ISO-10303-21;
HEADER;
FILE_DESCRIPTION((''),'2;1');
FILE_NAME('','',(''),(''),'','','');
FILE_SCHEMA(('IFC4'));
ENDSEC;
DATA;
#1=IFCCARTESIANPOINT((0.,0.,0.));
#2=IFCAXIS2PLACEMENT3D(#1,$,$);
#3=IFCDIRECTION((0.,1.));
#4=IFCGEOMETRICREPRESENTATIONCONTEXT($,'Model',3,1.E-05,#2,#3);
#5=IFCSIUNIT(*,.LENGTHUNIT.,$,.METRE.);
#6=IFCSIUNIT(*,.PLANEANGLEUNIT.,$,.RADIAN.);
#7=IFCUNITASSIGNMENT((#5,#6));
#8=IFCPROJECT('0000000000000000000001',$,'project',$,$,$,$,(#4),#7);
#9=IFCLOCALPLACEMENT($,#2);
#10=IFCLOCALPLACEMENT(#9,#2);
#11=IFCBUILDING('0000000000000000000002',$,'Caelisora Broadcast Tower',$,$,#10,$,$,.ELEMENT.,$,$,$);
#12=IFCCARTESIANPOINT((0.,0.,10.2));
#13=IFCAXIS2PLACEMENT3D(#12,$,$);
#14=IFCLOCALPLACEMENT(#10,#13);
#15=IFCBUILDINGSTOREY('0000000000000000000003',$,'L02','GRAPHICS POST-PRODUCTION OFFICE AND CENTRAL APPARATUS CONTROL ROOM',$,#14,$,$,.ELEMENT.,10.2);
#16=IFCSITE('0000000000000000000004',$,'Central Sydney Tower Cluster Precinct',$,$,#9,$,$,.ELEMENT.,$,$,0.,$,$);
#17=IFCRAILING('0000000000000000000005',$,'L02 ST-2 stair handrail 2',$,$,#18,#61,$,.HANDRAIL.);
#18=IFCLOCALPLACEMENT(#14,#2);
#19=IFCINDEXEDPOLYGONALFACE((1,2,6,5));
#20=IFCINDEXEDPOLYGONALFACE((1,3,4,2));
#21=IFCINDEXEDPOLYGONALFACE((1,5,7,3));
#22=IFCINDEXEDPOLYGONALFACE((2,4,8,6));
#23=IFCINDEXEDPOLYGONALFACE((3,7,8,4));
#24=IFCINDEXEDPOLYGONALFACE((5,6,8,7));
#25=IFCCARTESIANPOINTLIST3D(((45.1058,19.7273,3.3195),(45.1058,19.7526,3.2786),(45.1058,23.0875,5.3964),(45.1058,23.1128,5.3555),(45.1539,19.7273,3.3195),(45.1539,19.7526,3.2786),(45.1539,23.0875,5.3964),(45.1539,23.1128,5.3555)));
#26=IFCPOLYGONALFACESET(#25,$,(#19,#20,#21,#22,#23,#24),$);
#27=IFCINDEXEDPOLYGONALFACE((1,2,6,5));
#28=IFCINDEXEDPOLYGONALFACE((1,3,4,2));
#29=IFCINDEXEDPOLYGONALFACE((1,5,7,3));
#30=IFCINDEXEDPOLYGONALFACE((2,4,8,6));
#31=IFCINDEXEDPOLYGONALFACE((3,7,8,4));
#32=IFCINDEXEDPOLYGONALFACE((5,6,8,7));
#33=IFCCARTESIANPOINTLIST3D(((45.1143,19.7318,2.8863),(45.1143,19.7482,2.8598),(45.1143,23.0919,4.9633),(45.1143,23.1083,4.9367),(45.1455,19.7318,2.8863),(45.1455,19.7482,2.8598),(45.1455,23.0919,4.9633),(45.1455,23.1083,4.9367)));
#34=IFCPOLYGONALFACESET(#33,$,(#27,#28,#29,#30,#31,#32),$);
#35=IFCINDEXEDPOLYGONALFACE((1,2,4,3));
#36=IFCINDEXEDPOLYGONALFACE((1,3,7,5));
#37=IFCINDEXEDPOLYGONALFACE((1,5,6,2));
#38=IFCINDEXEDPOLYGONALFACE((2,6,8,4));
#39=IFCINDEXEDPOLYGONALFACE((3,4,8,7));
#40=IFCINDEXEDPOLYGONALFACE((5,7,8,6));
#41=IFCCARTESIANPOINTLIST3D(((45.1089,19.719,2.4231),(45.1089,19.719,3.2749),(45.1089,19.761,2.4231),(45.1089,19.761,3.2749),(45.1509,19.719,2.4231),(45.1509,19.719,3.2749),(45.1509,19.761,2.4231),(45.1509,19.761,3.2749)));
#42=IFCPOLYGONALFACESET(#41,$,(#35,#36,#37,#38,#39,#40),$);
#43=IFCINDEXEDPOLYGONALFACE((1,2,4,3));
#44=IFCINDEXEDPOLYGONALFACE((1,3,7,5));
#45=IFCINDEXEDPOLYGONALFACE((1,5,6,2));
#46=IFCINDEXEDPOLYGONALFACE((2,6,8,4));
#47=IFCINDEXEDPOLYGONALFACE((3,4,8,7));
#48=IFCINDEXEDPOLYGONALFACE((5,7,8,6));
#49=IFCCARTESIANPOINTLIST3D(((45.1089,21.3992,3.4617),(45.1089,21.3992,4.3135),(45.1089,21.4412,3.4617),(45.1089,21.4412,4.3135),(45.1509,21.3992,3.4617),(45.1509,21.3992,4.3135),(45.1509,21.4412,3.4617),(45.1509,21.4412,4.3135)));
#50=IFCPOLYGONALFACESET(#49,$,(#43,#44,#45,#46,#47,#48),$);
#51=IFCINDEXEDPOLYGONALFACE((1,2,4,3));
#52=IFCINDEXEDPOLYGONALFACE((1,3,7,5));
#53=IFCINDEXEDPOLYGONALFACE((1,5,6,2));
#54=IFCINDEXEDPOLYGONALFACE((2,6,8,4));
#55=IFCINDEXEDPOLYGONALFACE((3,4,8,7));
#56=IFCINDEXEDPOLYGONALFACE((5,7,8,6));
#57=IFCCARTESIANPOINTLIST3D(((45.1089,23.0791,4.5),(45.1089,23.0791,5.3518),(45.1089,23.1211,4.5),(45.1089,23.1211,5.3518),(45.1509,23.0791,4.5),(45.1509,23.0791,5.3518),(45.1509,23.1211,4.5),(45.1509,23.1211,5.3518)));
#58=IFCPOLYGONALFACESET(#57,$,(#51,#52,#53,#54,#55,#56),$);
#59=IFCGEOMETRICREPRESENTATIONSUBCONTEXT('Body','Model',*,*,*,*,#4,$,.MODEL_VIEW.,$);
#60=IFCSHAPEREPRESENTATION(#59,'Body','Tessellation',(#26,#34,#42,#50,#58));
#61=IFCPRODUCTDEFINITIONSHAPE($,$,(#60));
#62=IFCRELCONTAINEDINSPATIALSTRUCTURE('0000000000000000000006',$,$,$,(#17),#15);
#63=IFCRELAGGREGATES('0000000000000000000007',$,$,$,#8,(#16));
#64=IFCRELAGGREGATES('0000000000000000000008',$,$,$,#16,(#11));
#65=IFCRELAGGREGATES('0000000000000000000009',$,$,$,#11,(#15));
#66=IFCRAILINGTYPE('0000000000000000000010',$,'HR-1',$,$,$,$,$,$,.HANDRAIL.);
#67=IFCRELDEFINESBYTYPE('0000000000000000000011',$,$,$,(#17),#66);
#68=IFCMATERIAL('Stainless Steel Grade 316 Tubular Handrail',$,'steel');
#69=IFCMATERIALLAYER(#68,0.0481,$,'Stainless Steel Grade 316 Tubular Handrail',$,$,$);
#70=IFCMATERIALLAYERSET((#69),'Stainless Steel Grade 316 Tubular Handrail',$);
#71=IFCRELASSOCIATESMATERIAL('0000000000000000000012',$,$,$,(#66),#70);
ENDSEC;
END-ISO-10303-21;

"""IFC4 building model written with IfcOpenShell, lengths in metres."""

from ifc_helpers import new_model, si_unit, direction, frame, origin, origin_2d, place, context, subcontext, project, spatial, rectangle, extrude, material, layer, layer_set, type_object, element, save


model = new_model("IFC4")

# Units and contexts
model_context = context("Model", 3, precision=1e-05, world=origin(), true_north=direction((0.0, 1.0)))
body_context = subcontext(model_context, "Body", "Model", "MODEL_VIEW")
ifc_project = project(units=[si_unit("LENGTHUNIT", "METRE"), si_unit("PLANEANGLEUNIT", "RADIAN")], contexts=[model_context])

# Site, building, storey
site_placement = place(None, origin())
site = spatial("IfcSite", under=ifc_project, at=site_placement, Name="Central Sydney Tower Cluster Precinct", CompositionType="ELEMENT", RefElevation=0.0)
building_placement = place(site_placement, origin())
building = spatial("IfcBuilding", under=site, at=building_placement, Name="Caelisora Broadcast Tower", CompositionType="ELEMENT")
storey_placement = place(building_placement, frame((0.0, 0.0, 10.2)))
storey = spatial("IfcBuildingStorey", under=building, at=storey_placement, Name="L02", Description="GRAPHICS POST-PRODUCTION OFFICE AND CENTRAL APPARATUS CONTROL ROOM", CompositionType="ELEMENT", Elevation=10.2)

# Railing
ifc_material_1 = material(Name="Stainless Steel Grade 316 Tubular Handrail", Category="steel")
ifc_layer_1 = layer(ifc_material_1, 0.0481, Name="Stainless Steel Grade 316 Tubular Handrail")
ifc_layer_set_1 = layer_set([ifc_layer_1], Name="Stainless Steel Grade 316 Tubular Handrail")
railing_type_1 = type_object("IfcRailingType", Name="HR-1", PredefinedType="HANDRAIL", material=ifc_layer_set_1)
railing_1_placement = place(storey_placement, frame((45.1299, 19.74, 2.4231)))
element("IfcRailing", 1, at=railing_1_placement, inside=storey, type_object=railing_type_1, Name="L02 ST-2 stair handrail 2", PredefinedType="HANDRAIL", context=body_context, shape_type="SweptSolid", body=[
    extrude(rectangle(XDim=0.0481, YDim=0.0481, at=origin_2d()), frame((0.0, 0.0, 0.876), z_axis=(0.0, 0.850623, 0.525776), x_axis=(-1.0, 0.0, 0.0)), (0.0, 0.0, 1.0), 3.9502),
    extrude(rectangle(XDim=0.0312, YDim=0.0312, at=origin_2d()), frame((0.0, 0.0, 0.45), z_axis=(0.0, 0.850623, 0.525776), x_axis=(-1.0, 0.0, 0.0)), (0.0, 0.0, 1.0), 3.9502),
    extrude(rectangle(XDim=0.042, YDim=0.042, at=origin_2d()), origin(), (0.0, 0.0, 1.0), 0.8518),
    extrude(rectangle(XDim=0.042, YDim=0.042, at=origin_2d()), frame((0.0, 1.6802, 1.0386)), (0.0, 0.0, 1.0), 0.8518),
    extrude(rectangle(XDim=0.042, YDim=0.042, at=origin_2d()), frame((0.0, 3.3601, 2.0769)), (0.0, 0.0, 1.0), 0.8518),
])

save(model, "model.ifc")
